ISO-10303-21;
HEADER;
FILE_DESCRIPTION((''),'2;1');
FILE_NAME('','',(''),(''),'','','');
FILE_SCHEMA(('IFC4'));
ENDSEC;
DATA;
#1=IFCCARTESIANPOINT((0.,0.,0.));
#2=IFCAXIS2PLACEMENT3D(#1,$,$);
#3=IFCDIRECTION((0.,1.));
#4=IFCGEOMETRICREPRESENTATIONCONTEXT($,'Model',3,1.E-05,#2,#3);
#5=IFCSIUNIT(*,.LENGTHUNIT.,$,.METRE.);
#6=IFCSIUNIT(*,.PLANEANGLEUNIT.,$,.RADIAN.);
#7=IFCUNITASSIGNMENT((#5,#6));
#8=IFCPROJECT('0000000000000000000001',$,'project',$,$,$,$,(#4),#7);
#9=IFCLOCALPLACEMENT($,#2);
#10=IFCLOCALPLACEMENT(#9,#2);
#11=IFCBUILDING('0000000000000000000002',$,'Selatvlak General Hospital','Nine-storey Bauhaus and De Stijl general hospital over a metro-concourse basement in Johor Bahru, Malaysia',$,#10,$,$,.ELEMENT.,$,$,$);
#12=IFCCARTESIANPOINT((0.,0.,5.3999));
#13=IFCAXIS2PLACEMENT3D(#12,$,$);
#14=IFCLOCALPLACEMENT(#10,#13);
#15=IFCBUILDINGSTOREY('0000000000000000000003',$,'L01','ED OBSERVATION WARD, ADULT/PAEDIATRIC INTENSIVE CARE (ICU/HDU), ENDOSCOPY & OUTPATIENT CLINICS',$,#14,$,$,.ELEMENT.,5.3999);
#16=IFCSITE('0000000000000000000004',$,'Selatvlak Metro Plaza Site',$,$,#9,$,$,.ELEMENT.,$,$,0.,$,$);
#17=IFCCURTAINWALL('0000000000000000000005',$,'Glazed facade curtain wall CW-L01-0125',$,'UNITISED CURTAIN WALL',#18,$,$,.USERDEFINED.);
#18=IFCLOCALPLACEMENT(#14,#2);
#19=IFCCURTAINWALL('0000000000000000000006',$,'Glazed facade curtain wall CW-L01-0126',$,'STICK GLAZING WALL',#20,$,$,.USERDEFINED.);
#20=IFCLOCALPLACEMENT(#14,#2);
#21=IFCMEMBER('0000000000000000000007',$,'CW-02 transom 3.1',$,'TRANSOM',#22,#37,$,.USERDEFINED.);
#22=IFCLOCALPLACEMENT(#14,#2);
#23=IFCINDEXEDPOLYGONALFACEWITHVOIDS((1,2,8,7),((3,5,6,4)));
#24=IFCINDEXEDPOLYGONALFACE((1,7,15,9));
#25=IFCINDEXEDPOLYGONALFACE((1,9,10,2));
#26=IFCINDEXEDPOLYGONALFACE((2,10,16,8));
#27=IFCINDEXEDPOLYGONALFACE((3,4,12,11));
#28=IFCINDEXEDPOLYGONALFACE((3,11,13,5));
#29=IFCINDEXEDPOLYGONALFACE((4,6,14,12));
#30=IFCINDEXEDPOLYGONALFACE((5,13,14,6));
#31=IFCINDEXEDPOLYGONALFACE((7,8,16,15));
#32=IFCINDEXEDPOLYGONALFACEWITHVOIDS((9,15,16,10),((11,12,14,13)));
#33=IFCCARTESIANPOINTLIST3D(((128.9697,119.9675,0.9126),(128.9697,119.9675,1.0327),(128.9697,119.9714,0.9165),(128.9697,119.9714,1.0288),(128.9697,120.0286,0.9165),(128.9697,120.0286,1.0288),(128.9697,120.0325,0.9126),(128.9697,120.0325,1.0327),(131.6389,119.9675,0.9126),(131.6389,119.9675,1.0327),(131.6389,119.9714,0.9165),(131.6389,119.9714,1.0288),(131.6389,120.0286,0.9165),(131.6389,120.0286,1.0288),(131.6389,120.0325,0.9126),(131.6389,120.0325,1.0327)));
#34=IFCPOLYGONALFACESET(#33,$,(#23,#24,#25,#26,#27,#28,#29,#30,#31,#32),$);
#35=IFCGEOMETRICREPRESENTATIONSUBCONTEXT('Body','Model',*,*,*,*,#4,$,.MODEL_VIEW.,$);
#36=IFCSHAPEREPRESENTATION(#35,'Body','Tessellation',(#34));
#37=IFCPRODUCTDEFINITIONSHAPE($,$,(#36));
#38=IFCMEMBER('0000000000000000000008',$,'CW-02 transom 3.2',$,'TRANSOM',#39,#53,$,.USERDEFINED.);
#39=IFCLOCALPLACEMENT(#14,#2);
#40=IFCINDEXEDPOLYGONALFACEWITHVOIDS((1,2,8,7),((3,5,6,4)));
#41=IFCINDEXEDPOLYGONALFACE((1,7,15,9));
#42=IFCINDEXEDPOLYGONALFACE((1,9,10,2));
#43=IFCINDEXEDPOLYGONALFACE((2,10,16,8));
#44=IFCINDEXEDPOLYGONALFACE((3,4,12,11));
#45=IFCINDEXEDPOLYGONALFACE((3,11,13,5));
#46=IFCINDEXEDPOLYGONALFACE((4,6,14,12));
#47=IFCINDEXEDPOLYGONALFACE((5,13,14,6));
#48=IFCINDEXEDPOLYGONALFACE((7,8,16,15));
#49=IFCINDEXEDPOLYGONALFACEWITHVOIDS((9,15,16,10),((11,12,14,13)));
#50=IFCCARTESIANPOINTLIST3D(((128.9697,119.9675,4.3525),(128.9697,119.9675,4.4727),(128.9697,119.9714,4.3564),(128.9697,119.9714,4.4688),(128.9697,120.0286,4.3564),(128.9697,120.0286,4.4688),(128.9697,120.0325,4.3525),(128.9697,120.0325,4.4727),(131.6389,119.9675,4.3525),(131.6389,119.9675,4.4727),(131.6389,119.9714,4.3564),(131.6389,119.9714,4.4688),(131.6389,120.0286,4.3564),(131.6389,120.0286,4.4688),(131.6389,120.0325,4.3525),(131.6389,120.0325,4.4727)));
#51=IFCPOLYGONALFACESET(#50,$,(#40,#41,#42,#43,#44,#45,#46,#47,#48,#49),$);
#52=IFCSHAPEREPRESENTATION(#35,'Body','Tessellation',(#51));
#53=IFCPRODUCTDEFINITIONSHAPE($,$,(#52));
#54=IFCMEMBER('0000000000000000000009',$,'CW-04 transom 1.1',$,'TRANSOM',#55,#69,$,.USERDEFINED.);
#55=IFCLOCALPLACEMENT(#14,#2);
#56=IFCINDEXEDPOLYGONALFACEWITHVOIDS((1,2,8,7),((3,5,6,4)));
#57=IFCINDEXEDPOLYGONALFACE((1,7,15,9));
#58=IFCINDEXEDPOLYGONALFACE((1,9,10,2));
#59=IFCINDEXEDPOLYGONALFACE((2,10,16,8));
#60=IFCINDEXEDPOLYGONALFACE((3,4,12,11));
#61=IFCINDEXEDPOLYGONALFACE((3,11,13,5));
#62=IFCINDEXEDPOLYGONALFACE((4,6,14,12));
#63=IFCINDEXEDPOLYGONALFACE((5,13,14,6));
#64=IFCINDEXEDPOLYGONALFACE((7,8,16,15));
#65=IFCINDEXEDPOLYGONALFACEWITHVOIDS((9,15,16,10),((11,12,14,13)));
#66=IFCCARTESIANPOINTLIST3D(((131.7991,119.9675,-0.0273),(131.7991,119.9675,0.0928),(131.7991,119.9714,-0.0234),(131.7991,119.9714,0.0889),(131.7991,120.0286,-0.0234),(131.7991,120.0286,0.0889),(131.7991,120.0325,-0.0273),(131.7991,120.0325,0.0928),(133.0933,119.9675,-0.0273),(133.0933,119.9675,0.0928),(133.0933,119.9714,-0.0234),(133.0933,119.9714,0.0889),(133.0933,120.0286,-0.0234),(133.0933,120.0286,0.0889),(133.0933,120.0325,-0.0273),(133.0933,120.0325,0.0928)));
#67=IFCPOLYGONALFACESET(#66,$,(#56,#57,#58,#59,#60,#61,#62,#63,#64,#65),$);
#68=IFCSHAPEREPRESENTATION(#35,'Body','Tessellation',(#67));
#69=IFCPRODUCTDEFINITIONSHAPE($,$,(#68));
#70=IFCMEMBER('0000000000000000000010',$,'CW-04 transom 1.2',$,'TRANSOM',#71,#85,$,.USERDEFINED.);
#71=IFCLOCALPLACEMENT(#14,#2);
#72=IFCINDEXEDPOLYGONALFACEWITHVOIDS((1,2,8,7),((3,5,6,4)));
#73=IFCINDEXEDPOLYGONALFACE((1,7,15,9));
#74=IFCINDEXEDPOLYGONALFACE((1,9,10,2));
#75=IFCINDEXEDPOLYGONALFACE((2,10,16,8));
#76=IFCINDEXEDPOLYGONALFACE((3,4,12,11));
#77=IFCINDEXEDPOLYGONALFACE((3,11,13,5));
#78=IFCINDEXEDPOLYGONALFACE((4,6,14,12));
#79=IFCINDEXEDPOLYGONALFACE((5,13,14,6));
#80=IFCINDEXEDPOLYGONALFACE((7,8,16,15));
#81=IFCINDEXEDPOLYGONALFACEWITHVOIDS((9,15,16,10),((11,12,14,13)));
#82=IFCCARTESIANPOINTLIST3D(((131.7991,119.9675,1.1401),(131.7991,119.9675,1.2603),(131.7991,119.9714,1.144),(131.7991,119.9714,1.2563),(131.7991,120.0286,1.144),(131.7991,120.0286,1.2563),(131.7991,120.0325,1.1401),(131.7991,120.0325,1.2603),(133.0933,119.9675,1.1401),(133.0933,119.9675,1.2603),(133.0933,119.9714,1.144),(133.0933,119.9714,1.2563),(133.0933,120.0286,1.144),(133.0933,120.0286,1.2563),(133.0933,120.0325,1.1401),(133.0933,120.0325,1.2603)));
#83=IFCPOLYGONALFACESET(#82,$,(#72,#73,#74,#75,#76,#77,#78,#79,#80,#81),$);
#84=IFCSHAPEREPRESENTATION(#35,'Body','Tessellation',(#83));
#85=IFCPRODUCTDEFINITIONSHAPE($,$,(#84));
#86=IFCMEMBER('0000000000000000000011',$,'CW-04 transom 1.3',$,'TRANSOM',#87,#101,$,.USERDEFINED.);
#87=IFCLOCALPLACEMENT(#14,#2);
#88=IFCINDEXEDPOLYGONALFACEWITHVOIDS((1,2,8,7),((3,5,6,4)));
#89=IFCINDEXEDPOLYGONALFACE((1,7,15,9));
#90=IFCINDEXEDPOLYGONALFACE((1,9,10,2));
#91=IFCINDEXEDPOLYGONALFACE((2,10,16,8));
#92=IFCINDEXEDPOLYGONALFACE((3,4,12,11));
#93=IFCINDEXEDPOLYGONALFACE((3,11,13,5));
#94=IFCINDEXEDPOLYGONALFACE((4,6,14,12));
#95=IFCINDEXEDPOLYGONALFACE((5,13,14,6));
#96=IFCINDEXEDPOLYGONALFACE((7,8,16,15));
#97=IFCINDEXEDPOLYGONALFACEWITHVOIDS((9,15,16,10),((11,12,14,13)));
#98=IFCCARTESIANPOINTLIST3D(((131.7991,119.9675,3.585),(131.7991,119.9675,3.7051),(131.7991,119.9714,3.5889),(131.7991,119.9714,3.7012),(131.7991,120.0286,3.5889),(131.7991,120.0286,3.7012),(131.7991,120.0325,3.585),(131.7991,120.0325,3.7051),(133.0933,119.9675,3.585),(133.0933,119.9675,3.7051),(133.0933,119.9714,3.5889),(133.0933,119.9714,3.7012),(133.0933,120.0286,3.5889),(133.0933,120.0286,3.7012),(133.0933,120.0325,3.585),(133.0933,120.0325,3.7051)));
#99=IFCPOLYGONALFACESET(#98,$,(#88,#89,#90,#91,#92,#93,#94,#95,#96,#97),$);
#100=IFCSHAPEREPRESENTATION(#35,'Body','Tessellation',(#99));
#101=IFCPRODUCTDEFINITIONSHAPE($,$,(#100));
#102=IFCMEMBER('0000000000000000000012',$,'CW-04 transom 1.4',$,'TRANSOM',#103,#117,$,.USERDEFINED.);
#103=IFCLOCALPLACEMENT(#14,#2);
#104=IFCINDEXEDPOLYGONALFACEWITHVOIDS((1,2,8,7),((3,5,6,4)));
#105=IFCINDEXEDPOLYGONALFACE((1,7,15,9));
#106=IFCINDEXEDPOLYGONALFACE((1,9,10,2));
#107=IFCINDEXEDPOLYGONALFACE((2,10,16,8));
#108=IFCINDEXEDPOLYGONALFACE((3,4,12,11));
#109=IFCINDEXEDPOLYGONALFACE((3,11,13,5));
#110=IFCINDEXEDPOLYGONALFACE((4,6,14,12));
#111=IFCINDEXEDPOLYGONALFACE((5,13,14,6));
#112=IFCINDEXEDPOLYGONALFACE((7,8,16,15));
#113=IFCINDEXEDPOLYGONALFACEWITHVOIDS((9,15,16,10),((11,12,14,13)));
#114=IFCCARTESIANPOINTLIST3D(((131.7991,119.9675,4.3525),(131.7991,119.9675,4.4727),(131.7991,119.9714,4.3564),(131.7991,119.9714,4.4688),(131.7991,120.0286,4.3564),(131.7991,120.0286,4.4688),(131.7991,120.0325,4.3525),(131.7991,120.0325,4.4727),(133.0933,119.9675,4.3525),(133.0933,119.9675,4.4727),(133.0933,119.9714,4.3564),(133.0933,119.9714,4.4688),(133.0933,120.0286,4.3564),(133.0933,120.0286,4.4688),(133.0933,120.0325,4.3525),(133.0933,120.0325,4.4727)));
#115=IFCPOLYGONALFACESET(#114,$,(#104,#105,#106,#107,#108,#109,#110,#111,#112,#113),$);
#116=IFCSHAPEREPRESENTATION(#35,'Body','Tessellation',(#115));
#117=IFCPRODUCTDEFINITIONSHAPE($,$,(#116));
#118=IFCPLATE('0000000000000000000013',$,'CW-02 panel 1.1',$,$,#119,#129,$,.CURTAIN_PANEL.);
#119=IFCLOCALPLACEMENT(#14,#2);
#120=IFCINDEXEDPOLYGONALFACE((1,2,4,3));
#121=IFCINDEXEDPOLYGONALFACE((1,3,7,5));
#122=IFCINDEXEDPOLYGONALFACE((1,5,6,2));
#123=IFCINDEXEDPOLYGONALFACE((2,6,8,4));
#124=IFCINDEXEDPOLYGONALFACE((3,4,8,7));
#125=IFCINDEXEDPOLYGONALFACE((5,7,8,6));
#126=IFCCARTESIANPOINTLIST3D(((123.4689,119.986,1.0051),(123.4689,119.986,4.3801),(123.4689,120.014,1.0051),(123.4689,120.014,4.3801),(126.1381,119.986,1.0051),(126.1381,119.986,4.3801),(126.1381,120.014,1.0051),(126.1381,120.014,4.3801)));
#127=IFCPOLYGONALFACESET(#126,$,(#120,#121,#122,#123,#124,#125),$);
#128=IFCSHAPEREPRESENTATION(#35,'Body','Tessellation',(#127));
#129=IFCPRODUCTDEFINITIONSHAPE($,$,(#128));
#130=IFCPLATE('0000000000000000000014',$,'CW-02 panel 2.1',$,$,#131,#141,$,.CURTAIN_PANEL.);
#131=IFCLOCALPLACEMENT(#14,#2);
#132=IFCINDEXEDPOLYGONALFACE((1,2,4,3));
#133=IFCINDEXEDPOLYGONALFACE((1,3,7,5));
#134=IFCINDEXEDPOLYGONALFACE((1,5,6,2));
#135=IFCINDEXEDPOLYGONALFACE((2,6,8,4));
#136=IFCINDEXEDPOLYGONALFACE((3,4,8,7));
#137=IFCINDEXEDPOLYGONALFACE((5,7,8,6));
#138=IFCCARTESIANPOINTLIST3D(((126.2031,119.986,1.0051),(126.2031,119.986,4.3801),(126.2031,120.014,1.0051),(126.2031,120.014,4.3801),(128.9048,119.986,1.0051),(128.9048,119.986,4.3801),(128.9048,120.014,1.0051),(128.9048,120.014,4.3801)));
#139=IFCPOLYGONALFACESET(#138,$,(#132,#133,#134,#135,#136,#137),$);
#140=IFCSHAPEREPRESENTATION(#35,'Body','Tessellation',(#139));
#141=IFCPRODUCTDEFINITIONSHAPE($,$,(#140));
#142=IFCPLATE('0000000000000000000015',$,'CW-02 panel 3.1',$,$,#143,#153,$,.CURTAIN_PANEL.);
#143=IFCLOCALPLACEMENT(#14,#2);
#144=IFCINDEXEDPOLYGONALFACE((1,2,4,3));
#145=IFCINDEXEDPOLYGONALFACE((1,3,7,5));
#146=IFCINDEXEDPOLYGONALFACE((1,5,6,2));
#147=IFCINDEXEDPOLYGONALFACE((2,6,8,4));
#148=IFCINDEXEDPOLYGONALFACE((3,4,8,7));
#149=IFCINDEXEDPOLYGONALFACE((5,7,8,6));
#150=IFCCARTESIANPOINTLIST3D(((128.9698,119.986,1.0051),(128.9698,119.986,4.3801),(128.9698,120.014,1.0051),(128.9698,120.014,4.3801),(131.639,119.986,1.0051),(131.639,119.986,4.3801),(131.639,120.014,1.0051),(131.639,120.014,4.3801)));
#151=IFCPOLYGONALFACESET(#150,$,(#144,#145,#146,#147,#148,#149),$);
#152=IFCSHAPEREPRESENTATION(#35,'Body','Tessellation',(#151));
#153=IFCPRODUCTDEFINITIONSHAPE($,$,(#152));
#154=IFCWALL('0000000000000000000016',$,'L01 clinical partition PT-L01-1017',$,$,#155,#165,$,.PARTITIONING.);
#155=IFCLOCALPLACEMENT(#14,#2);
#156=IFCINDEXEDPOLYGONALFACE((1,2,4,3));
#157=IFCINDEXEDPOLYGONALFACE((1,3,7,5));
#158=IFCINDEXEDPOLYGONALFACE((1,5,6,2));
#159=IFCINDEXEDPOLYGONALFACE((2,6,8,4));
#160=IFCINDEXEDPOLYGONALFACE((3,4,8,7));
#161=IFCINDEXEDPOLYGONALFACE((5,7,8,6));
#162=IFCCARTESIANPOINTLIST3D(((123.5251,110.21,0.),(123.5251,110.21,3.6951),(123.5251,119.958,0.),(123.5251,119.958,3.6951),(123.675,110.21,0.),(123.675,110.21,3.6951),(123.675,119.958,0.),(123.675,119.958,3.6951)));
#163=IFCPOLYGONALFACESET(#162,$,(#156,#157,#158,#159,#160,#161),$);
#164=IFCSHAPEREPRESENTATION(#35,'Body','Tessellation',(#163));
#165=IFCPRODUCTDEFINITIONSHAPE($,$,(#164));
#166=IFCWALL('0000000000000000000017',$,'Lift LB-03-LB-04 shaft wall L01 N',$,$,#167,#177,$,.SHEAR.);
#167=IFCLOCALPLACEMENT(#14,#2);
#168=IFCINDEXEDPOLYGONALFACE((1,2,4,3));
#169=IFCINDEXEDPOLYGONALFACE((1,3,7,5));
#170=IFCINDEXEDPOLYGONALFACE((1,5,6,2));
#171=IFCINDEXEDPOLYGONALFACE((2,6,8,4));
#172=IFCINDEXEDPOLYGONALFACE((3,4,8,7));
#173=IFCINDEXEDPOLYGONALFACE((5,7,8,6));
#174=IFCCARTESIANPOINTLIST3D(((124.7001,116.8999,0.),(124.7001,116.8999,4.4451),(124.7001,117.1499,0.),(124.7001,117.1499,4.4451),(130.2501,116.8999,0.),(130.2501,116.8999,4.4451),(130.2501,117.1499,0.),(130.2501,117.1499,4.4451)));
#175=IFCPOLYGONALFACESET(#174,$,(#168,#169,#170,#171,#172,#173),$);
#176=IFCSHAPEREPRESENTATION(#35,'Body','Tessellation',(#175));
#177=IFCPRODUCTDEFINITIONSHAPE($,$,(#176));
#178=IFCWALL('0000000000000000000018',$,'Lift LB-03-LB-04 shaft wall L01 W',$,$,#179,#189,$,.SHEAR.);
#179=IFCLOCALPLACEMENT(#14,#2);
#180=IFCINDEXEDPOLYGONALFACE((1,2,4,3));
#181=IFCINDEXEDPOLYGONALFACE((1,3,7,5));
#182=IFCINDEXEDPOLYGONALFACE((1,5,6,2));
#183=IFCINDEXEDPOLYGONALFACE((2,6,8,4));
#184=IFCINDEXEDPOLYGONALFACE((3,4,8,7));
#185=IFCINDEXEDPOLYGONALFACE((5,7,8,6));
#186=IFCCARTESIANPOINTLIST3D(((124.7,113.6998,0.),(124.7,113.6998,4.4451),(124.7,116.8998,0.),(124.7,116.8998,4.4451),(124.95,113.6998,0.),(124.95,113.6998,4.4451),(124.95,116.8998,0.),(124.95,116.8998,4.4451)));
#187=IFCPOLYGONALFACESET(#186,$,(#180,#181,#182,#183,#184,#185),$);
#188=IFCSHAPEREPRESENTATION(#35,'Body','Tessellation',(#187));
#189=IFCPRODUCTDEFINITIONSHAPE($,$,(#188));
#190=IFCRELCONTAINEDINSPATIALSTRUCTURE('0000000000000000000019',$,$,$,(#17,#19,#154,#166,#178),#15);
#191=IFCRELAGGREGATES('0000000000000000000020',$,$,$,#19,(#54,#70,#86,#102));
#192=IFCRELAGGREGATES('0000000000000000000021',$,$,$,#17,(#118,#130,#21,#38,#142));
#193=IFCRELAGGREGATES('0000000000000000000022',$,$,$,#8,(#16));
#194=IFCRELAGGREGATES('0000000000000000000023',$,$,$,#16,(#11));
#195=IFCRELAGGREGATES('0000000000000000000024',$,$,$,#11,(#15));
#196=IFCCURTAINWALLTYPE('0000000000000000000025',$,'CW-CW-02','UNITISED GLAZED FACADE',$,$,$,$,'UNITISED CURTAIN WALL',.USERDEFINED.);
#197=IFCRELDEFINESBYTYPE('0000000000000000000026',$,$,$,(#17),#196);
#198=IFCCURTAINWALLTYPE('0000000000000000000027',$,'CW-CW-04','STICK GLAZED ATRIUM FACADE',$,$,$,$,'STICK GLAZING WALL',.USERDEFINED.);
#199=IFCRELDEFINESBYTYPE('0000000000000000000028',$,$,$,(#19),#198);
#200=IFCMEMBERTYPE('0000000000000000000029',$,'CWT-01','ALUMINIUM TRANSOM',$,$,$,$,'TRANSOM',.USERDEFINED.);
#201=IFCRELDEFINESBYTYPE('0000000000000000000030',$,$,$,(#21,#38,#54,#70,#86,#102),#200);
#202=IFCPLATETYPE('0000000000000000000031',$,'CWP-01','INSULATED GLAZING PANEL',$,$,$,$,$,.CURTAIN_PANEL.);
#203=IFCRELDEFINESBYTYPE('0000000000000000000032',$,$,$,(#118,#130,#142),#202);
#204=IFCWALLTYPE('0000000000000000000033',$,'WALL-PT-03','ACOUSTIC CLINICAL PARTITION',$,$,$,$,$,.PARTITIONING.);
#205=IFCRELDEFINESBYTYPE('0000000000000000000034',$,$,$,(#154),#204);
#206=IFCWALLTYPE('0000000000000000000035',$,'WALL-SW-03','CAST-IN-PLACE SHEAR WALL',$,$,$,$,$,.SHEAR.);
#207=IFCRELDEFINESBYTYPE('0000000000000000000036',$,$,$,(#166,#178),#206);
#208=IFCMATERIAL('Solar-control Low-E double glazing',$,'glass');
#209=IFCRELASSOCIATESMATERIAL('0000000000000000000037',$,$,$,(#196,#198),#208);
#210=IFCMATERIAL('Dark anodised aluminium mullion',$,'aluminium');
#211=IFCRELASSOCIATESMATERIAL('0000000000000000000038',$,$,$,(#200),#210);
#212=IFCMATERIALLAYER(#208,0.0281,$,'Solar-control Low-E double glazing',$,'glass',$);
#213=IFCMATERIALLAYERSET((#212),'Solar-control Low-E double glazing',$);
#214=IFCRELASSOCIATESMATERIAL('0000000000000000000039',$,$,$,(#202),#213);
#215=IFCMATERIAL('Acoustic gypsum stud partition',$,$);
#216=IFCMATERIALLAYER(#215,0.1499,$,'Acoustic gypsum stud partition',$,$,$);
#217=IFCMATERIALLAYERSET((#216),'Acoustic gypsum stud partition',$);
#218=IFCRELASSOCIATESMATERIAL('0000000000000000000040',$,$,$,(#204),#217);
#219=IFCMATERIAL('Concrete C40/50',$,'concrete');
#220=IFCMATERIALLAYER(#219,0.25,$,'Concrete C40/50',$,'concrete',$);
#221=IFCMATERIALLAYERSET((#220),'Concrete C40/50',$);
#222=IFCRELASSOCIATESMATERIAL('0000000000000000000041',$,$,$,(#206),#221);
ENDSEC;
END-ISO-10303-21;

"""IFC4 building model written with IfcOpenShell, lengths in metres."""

from ifc_helpers import new_model, si_unit, direction, frame, frame_2d, origin, origin_2d, place, context, subcontext, project, spatial, rectangle, hollow_rectangle, extrude, material, layer, layer_set, material_profile, profile_set, type_object, element, aggregate, save


model = new_model("IFC4")

# Units and contexts
model_context = context("Model", 3, precision=1e-05, world=origin(), true_north=direction((0.0, 1.0)))
body_context = subcontext(model_context, "Body", "Model", "MODEL_VIEW")
ifc_project = project(units=[si_unit("LENGTHUNIT", "METRE"), si_unit("PLANEANGLEUNIT", "RADIAN")], contexts=[model_context])

# Site, building, storey
site_placement = place(None, origin())
site = spatial("IfcSite", under=ifc_project, at=site_placement, Name="Selatvlak Metro Plaza Site", CompositionType="ELEMENT", RefElevation=0.0)
building_placement = place(site_placement, origin())
building = spatial("IfcBuilding", under=site, at=building_placement, Name="Selatvlak General Hospital", Description="Nine-storey Bauhaus and De Stijl general hospital over a metro-concourse basement in Johor Bahru, Malaysia", CompositionType="ELEMENT")
storey_placement = place(building_placement, frame((0.0, 0.0, 5.3999)))
storey = spatial("IfcBuildingStorey", under=building, at=storey_placement, Name="L01", Description="ED OBSERVATION WARD, ADULT/PAEDIATRIC INTENSIVE CARE (ICU/HDU), ENDOSCOPY & OUTPATIENT CLINICS", CompositionType="ELEMENT", Elevation=5.3999)

# Shared definitions
ifc_material_1 = material(Name="Concrete C40/50", Category="concrete")

# Curtain wall
ifc_material_2 = material(Name="Solar-control Low-E double glazing", Category="glass")
curtain_wall_type_1 = type_object("IfcCurtainWallType", Name="CW-CW-02", Description="UNITISED GLAZED FACADE", ElementType="UNITISED CURTAIN WALL", PredefinedType="USERDEFINED", material=ifc_material_2)
curtain_wall_1_placement = place(storey_placement, origin())
curtain_wall_1 = element("IfcCurtainWall", 1, at=curtain_wall_1_placement, inside=storey, type_object=curtain_wall_type_1, Name="Glazed facade curtain wall CW-L01-0125", ObjectType="UNITISED CURTAIN WALL", PredefinedType="USERDEFINED")
ifc_material_3 = material(Name="Dark anodised aluminium mullion", Category="aluminium")

# Curtain wall
curtain_wall_type_2 = type_object("IfcCurtainWallType", Name="CW-CW-04", Description="STICK GLAZED ATRIUM FACADE", ElementType="STICK GLAZING WALL", PredefinedType="USERDEFINED", material=ifc_material_2)
curtain_wall_2_placement = place(storey_placement, origin())
curtain_wall_2 = element("IfcCurtainWall", 2, at=curtain_wall_2_placement, inside=storey, type_object=curtain_wall_type_2, Name="Glazed facade curtain wall CW-L01-0126", ObjectType="STICK GLAZING WALL", PredefinedType="USERDEFINED")

# Members
ifc_material_profile_1 = material_profile(ifc_material_3, hollow_rectangle(XDim=0.0649, YDim=0.1201, WallThickness=0.0039, at=origin_2d()), Name="AL-TRN 65x120x4")
ifc_profile_set_1 = profile_set([ifc_material_profile_1], Name="Dark anodised aluminium mullion")
member_type_1 = type_object("IfcMemberType", Name="CWT-01", Description="ALUMINIUM TRANSOM", ElementType="TRANSOM", PredefinedType="USERDEFINED", material=ifc_profile_set_1)
member_1_placement = place(storey_placement, frame((128.9697, 120.0, 0.9727), z_axis=(1.0, 0.0, 0.0), x_axis=(0.0, 1.0, 0.0)))
member_1 = element("IfcMember", 3, at=member_1_placement, type_object=member_type_1, Name="CW-02 transom 3.1", ObjectType="TRANSOM", PredefinedType="USERDEFINED", context=body_context, shape_type="SweptSolid", body=[
    extrude(hollow_rectangle(XDim=0.0649, YDim=0.1201, WallThickness=0.0039, at=origin_2d()), origin(), (0.0, 0.0, 1.0), 2.6692),
])
member_2_placement = place(storey_placement, frame((128.9697, 120.0, 4.4126), z_axis=(1.0, 0.0, 0.0), x_axis=(0.0, 1.0, 0.0)))
member_2 = element("IfcMember", 4, at=member_2_placement, type_object=member_type_1, Name="CW-02 transom 3.2", ObjectType="TRANSOM", PredefinedType="USERDEFINED", context=body_context, shape_type="SweptSolid", body=[
    extrude(hollow_rectangle(XDim=0.0649, YDim=0.1201, WallThickness=0.0039, at=origin_2d()), origin(), (0.0, 0.0, 1.0), 2.6692),
])
member_3_placement = place(storey_placement, frame((131.7991, 120.0, 0.0327), z_axis=(1.0, 0.0, 0.0), x_axis=(0.0, 1.0, 0.0)))
member_3 = element("IfcMember", 5, at=member_3_placement, type_object=member_type_1, Name="CW-04 transom 1.1", ObjectType="TRANSOM", PredefinedType="USERDEFINED", context=body_context, shape_type="SweptSolid", body=[
    extrude(hollow_rectangle(XDim=0.0649, YDim=0.1201, WallThickness=0.0039, at=origin_2d()), origin(), (0.0, 0.0, 1.0), 1.2942),
])
member_4_placement = place(storey_placement, frame((131.7991, 120.0, 1.2002), z_axis=(1.0, 0.0, 0.0), x_axis=(0.0, 1.0, 0.0)))
member_4 = element("IfcMember", 6, at=member_4_placement, type_object=member_type_1, Name="CW-04 transom 1.2", ObjectType="TRANSOM", PredefinedType="USERDEFINED", context=body_context, shape_type="SweptSolid", body=[
    extrude(hollow_rectangle(XDim=0.0649, YDim=0.1201, WallThickness=0.0039, at=origin_2d()), origin(), (0.0, 0.0, 1.0), 1.2942),
])
member_5_placement = place(storey_placement, frame((131.7991, 120.0, 3.645), z_axis=(1.0, 0.0, 0.0), x_axis=(0.0, 1.0, 0.0)))
member_5 = element("IfcMember", 7, at=member_5_placement, type_object=member_type_1, Name="CW-04 transom 1.3", ObjectType="TRANSOM", PredefinedType="USERDEFINED", context=body_context, shape_type="SweptSolid", body=[
    extrude(hollow_rectangle(XDim=0.0649, YDim=0.1201, WallThickness=0.0039, at=origin_2d()), origin(), (0.0, 0.0, 1.0), 1.2942),
])
member_6_placement = place(storey_placement, frame((131.7991, 120.0, 4.4126), z_axis=(1.0, 0.0, 0.0), x_axis=(0.0, 1.0, 0.0)))
member_6 = element("IfcMember", 8, at=member_6_placement, type_object=member_type_1, Name="CW-04 transom 1.4", ObjectType="TRANSOM", PredefinedType="USERDEFINED", context=body_context, shape_type="SweptSolid", body=[
    extrude(hollow_rectangle(XDim=0.0649, YDim=0.1201, WallThickness=0.0039, at=origin_2d()), origin(), (0.0, 0.0, 1.0), 1.2942),
])
aggregate(curtain_wall_2, [member_3, member_4, member_5, member_6])

# Plates
ifc_layer_1 = layer(ifc_material_2, 0.0281, Name="Solar-control Low-E double glazing", Category="glass")
ifc_layer_set_1 = layer_set([ifc_layer_1], Name="Solar-control Low-E double glazing")
plate_type = type_object("IfcPlateType", Name="CWP-01", Description="INSULATED GLAZING PANEL", PredefinedType="CURTAIN_PANEL", material=ifc_layer_set_1)
plate_1_placement = place(storey_placement, frame((124.8035, 120.0, 1.0051), z_axis=(0.0, 0.0, 1.0), x_axis=(1.0, 0.0, 0.0)))
plate_1 = element("IfcPlate", 9, at=plate_1_placement, type_object=plate_type, Name="CW-02 panel 1.1", PredefinedType="CURTAIN_PANEL", context=body_context, shape_type="SweptSolid", body=[
    extrude(rectangle(XDim=2.6692, YDim=0.0281, at=origin_2d()), origin(), (0.0, 0.0, 1.0), 3.375),
])
plate_2_placement = place(storey_placement, frame((127.554, 120.0, 1.0051), z_axis=(0.0, 0.0, 1.0), x_axis=(1.0, 0.0, 0.0)))
plate_2 = element("IfcPlate", 10, at=plate_2_placement, type_object=plate_type, Name="CW-02 panel 2.1", PredefinedType="CURTAIN_PANEL", context=body_context, shape_type="SweptSolid", body=[
    extrude(rectangle(XDim=2.7017, YDim=0.0281, at=origin_2d()), origin(), (0.0, 0.0, 1.0), 3.375),
])
plate_3_placement = place(storey_placement, frame((130.3044, 120.0, 1.0051), z_axis=(0.0, 0.0, 1.0), x_axis=(1.0, 0.0, 0.0)))
plate_3 = element("IfcPlate", 11, at=plate_3_placement, type_object=plate_type, Name="CW-02 panel 3.1", PredefinedType="CURTAIN_PANEL", context=body_context, shape_type="SweptSolid", body=[
    extrude(rectangle(XDim=2.6692, YDim=0.0281, at=origin_2d()), origin(), (0.0, 0.0, 1.0), 3.375),
])
aggregate(curtain_wall_1, [plate_1, plate_2, member_1, member_2, plate_3])

# Walls
ifc_material_4 = material(Name="Acoustic gypsum stud partition")
ifc_layer_2 = layer(ifc_material_4, 0.1499, Name="Acoustic gypsum stud partition")
ifc_layer_set_2 = layer_set([ifc_layer_2], Name="Acoustic gypsum stud partition")
wall_type_1 = type_object("IfcWallType", Name="WALL-PT-03", Description="ACOUSTIC CLINICAL PARTITION", PredefinedType="PARTITIONING", material=ifc_layer_set_2)
wall_1_placement = place(storey_placement, frame((123.6001, 119.958, 0.0), z_axis=(0.0, 0.0, 1.0), x_axis=(0.0, -1.0, 0.0)))
element("IfcWall", 12, at=wall_1_placement, inside=storey, type_object=wall_type_1, Name="L01 clinical partition PT-L01-1017", PredefinedType="PARTITIONING", context=body_context, shape_type="SweptSolid", body=[
    extrude(rectangle(XDim=9.748, YDim=0.1499, at=frame_2d((4.874, 0.0))), origin(), (0.0, 0.0, 1.0), 3.6951),
])
ifc_layer_3 = layer(ifc_material_1, 0.25, Name="Concrete C40/50", Category="concrete")
ifc_layer_set_3 = layer_set([ifc_layer_3], Name="Concrete C40/50")
wall_type_2 = type_object("IfcWallType", Name="WALL-SW-03", Description="CAST-IN-PLACE SHEAR WALL", PredefinedType="SHEAR", material=ifc_layer_set_3)
wall_2_placement = place(storey_placement, frame((130.25, 117.0249, 0.0), z_axis=(0.0, 0.0, 1.0), x_axis=(-1.0, 0.0, 0.0)))
element("IfcWall", 13, at=wall_2_placement, inside=storey, type_object=wall_type_2, Name="Lift LB-03-LB-04 shaft wall L01 N", PredefinedType="SHEAR", context=body_context, shape_type="SweptSolid", body=[
    extrude(rectangle(XDim=5.55, YDim=0.25, at=frame_2d((2.7749, 0.0))), origin(), (0.0, 0.0, 1.0), 4.4451),
])
wall_3_placement = place(storey_placement, frame((124.825, 116.8999, 0.0), z_axis=(0.0, 0.0, 1.0), x_axis=(0.0, -1.0, 0.0)))
element("IfcWall", 14, at=wall_3_placement, inside=storey, type_object=wall_type_2, Name="Lift LB-03-LB-04 shaft wall L01 W", PredefinedType="SHEAR", context=body_context, shape_type="SweptSolid", body=[
    extrude(rectangle(XDim=3.2, YDim=0.25, at=frame_2d((1.6001, 0.0))), origin(), (0.0, 0.0, 1.0), 4.4451),
])

save(model, "model.ifc")
